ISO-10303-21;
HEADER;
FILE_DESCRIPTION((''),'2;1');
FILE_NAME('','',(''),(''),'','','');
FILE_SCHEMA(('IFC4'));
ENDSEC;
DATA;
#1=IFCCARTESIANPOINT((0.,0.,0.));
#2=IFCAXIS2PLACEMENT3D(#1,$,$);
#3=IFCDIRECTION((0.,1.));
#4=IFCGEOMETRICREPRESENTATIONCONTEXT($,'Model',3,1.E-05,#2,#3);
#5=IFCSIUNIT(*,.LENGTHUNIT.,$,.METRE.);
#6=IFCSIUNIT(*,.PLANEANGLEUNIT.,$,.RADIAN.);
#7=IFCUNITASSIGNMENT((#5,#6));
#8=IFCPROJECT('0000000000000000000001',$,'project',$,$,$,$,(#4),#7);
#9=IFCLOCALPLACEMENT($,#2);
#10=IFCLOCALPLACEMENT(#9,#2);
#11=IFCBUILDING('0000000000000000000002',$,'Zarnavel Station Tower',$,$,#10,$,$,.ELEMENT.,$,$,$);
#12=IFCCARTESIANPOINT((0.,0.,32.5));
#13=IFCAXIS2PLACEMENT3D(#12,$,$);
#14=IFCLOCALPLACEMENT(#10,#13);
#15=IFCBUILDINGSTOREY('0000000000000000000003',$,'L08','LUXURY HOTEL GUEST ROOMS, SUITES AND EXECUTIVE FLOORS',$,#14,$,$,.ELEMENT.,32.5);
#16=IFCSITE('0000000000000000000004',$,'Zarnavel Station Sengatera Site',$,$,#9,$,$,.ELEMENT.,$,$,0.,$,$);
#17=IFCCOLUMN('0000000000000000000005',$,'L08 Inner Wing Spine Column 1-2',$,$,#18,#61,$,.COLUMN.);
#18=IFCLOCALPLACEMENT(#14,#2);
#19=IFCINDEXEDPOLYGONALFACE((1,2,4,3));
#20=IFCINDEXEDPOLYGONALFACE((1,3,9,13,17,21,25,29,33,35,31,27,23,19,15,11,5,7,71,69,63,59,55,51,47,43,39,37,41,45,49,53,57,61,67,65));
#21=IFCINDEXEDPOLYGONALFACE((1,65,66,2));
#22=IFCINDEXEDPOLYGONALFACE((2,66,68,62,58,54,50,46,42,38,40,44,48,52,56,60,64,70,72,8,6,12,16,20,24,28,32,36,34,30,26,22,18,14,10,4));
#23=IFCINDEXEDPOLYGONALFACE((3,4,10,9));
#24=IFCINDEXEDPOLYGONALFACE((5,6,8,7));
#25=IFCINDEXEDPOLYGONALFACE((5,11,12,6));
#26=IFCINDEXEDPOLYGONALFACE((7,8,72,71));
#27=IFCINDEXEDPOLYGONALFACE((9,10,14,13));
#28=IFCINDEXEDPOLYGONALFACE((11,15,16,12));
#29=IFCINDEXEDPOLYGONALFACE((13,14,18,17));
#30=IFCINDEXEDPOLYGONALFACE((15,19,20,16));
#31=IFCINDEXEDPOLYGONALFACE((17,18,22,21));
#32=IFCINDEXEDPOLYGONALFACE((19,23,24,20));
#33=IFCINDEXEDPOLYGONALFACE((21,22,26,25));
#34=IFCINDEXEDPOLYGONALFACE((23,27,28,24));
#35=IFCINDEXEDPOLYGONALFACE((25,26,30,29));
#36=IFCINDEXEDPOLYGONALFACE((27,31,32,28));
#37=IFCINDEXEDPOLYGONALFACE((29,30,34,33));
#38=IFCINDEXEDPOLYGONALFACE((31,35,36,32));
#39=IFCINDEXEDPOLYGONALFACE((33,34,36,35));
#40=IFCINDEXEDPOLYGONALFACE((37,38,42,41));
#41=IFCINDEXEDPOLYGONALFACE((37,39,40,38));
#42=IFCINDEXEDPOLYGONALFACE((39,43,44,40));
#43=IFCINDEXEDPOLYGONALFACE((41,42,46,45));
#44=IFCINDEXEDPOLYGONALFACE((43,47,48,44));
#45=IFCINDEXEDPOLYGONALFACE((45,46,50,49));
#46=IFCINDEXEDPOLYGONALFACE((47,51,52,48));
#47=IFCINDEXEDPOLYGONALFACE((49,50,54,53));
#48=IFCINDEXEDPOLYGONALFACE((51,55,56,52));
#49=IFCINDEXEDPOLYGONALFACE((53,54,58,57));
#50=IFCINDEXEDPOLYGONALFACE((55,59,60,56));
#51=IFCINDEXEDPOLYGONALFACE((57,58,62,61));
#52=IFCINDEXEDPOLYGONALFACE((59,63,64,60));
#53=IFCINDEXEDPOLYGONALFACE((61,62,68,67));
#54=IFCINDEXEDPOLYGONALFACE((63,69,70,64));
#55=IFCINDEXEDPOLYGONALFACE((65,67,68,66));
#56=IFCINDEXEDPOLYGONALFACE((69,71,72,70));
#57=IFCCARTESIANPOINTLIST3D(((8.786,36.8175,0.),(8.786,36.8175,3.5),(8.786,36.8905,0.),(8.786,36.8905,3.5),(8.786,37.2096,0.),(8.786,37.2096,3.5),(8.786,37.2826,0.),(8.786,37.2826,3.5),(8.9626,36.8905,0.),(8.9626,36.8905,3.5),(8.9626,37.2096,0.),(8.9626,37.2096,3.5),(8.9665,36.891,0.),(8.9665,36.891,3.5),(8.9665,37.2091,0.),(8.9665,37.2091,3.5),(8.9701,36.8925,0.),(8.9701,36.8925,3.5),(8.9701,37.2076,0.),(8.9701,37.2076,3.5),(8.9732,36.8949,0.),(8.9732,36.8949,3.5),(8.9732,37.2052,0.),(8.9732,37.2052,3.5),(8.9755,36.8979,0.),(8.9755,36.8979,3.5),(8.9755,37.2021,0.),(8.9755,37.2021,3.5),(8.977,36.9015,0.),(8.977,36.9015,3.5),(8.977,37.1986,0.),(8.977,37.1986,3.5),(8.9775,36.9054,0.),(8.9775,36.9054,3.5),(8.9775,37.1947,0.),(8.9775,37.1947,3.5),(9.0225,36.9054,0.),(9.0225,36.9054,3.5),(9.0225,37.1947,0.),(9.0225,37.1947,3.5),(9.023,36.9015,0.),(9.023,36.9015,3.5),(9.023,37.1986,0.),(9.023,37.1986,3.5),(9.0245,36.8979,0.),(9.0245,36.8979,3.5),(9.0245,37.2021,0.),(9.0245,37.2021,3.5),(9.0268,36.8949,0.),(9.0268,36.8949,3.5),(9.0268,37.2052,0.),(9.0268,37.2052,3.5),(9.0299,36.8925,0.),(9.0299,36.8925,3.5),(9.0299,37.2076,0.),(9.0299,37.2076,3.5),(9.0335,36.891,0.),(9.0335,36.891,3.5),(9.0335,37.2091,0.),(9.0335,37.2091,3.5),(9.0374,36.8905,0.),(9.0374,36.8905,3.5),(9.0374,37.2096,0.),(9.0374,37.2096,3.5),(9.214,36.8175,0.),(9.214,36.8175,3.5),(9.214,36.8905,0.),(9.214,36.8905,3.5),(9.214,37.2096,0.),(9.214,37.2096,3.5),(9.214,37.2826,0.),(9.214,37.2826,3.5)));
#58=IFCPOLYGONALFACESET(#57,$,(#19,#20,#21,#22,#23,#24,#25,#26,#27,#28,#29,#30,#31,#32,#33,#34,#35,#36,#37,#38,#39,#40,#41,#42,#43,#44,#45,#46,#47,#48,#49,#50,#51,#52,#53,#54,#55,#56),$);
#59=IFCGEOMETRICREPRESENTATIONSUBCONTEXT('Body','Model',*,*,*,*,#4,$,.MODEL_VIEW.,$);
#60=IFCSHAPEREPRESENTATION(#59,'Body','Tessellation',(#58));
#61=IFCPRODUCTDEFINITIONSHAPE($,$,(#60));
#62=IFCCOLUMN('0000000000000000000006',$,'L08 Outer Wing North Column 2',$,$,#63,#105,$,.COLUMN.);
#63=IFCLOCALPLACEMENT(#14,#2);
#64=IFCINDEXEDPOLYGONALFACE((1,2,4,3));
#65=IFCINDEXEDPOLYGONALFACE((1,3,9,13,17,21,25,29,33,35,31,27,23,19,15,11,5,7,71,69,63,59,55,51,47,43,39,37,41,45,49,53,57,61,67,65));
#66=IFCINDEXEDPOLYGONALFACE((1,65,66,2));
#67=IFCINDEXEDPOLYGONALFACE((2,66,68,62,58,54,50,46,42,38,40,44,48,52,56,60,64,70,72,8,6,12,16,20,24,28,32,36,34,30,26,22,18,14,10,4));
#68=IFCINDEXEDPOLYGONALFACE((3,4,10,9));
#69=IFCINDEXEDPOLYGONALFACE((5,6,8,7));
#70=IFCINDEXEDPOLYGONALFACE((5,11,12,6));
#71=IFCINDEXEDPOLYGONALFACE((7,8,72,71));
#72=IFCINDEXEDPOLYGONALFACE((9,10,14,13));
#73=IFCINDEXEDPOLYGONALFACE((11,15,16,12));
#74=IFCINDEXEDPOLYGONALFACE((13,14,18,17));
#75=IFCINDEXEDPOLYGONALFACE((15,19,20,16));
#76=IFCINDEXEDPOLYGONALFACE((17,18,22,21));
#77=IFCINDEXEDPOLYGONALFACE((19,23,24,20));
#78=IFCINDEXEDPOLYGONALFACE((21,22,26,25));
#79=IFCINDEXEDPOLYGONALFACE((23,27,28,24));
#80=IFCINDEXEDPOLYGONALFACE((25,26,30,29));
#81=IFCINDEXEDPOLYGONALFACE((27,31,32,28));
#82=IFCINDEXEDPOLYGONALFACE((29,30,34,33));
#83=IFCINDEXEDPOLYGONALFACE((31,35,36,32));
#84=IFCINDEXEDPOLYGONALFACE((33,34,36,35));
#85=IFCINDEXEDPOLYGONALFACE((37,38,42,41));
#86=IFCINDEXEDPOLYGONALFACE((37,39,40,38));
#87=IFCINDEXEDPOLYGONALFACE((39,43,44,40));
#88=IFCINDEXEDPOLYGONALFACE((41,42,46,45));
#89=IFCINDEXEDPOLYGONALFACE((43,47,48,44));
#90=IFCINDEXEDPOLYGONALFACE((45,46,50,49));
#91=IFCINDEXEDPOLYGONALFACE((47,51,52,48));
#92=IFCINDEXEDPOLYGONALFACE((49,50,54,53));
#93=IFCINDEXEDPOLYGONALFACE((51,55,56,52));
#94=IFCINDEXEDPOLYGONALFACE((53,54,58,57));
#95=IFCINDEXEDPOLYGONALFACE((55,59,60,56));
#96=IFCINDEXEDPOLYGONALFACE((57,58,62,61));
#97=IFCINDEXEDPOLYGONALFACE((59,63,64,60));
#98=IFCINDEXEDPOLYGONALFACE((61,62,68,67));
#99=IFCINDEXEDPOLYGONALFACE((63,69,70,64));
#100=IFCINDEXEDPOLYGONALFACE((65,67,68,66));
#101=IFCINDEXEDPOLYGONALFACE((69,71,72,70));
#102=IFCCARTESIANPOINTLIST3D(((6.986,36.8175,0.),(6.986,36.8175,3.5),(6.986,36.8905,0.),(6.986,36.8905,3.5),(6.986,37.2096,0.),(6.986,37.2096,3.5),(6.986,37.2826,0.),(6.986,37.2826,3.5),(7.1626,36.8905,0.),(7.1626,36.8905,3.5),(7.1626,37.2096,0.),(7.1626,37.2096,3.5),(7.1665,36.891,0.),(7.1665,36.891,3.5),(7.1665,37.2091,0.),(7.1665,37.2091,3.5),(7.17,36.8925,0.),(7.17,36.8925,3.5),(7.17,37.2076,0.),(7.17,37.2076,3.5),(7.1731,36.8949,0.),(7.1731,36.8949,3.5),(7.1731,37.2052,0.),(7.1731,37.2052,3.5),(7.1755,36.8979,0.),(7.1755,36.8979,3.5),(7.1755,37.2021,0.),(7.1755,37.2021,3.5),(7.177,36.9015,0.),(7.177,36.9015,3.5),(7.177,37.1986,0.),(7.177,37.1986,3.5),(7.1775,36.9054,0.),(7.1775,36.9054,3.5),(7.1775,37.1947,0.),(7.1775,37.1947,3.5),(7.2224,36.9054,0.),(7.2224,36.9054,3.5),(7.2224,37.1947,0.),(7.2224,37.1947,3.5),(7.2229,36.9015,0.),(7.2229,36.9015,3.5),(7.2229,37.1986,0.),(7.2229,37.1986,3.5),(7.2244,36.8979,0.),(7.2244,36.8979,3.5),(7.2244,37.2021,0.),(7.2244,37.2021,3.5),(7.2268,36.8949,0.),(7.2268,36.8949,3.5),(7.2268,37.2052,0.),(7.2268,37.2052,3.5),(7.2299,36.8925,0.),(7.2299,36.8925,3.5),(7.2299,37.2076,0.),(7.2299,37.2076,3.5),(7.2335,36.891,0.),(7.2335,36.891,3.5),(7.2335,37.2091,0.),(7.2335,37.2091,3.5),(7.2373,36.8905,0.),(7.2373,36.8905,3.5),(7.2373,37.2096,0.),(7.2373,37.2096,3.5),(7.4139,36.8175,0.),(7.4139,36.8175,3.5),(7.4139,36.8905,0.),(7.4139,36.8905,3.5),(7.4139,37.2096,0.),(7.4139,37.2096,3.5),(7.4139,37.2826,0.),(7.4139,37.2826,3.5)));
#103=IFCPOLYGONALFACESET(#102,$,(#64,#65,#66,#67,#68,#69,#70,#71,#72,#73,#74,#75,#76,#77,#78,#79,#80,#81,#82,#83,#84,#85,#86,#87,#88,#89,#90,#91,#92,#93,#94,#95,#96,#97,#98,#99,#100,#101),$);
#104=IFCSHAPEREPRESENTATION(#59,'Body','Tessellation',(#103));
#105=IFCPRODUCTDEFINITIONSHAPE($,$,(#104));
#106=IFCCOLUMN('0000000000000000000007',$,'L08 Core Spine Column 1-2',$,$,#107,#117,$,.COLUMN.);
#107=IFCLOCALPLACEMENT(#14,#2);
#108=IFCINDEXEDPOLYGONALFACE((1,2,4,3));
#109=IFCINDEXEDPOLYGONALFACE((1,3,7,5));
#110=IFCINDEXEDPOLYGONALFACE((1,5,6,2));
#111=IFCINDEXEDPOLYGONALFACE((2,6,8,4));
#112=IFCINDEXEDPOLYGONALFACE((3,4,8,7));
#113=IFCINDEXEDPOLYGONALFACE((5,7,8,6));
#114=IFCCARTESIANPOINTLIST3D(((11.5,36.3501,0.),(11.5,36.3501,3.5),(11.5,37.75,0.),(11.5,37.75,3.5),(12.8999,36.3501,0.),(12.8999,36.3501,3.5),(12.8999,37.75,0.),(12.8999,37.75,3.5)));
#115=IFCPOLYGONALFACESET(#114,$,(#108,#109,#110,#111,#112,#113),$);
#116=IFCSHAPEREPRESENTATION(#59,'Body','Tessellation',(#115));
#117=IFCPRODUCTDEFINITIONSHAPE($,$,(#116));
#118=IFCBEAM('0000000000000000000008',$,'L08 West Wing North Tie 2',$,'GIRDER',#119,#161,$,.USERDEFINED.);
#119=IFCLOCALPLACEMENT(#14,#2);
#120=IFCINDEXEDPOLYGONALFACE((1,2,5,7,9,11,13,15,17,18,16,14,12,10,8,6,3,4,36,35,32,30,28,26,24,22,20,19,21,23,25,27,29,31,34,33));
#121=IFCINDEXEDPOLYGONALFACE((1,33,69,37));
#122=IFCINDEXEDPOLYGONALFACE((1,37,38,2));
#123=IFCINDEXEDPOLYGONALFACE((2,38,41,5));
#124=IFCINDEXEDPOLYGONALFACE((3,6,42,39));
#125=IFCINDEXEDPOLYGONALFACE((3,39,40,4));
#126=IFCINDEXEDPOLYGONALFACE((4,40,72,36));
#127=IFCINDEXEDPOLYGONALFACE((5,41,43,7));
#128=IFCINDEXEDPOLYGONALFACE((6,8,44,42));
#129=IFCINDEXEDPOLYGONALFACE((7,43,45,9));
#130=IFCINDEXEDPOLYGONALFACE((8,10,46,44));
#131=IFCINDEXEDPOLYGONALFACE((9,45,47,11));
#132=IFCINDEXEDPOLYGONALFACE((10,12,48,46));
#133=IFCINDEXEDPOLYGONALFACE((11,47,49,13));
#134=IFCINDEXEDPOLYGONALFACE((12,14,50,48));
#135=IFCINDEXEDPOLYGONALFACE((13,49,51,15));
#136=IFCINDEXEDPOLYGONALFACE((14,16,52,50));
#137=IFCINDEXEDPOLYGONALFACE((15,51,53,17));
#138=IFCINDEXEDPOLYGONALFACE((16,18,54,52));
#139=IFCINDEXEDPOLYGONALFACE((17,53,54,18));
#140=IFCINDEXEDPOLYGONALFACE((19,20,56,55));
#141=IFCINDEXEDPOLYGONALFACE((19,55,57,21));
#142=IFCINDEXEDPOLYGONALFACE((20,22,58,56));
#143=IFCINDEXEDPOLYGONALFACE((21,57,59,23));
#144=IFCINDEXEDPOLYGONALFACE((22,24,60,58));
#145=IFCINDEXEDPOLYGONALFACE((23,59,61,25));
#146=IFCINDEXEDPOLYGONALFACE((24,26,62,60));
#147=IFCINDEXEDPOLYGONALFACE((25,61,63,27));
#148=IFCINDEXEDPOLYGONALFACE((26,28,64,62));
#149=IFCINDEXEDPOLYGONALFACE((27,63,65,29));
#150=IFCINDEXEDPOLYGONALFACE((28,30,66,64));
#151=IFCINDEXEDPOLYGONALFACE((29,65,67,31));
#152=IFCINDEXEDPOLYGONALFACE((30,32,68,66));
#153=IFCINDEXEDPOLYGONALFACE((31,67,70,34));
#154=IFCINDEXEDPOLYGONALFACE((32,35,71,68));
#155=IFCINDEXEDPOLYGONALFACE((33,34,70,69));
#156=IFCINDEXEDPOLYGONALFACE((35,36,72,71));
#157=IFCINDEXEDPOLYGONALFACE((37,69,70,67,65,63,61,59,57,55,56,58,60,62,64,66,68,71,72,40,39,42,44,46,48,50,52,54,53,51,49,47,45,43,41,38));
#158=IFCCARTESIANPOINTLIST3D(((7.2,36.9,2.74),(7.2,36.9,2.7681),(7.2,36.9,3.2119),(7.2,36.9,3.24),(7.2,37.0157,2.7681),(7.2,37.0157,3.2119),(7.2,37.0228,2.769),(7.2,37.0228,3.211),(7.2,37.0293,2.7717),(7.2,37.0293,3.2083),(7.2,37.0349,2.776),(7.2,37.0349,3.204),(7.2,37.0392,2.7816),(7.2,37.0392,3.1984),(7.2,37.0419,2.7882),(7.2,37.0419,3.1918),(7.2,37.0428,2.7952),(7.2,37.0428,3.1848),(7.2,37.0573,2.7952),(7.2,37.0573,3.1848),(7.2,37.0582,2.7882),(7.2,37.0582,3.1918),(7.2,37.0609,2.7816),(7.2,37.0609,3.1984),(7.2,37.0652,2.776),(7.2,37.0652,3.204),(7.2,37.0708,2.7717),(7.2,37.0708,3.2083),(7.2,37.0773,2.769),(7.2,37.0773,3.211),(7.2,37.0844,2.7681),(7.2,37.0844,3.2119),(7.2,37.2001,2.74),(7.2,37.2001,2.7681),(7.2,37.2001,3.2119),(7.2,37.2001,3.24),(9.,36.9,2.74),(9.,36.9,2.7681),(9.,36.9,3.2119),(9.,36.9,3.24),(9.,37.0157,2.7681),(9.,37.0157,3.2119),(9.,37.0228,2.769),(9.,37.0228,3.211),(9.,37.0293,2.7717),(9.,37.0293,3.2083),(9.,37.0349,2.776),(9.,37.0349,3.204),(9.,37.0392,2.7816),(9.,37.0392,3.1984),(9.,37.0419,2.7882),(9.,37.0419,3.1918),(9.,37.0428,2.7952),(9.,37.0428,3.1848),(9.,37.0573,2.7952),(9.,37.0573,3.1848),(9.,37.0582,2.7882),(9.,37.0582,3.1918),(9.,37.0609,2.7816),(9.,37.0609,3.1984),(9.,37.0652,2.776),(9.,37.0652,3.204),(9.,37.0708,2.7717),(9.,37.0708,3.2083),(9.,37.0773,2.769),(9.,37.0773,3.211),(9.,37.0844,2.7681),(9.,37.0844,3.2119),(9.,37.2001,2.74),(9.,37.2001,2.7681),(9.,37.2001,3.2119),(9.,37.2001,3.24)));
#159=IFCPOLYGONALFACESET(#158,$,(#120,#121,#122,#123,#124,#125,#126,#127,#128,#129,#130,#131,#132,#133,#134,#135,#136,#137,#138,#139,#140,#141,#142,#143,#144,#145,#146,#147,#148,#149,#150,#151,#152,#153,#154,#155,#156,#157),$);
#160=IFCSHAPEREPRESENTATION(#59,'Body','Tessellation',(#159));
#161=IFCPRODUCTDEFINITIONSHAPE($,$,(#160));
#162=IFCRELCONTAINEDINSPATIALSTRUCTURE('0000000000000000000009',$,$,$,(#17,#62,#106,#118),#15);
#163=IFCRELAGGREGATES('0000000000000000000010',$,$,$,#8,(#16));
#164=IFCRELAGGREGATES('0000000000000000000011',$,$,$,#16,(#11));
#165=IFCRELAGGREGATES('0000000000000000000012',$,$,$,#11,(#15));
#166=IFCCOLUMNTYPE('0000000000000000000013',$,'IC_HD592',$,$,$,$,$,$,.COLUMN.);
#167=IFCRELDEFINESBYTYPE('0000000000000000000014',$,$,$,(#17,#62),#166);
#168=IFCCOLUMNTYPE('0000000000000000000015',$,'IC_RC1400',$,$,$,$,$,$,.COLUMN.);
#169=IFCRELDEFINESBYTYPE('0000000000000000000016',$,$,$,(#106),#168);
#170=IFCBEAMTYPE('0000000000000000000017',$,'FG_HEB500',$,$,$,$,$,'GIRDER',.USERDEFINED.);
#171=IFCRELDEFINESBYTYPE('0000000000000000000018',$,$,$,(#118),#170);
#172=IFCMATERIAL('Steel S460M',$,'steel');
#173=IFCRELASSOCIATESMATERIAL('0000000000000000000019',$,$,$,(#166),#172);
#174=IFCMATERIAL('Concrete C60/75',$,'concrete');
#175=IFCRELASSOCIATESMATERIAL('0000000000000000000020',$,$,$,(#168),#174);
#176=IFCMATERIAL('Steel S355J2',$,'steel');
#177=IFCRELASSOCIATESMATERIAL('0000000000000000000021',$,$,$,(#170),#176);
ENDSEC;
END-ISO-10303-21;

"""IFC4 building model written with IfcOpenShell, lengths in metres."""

from ifc_helpers import new_model, si_unit, direction, frame, origin, origin_2d, place, context, subcontext, project, spatial, rectangle, i_section, extrude, material, material_profile, profile_set, type_object, element, save


model = new_model("IFC4")

# Units and contexts
model_context = context("Model", 3, precision=1e-05, world=origin(), true_north=direction((0.0, 1.0)))
body_context = subcontext(model_context, "Body", "Model", "MODEL_VIEW")
ifc_project = project(units=[si_unit("LENGTHUNIT", "METRE"), si_unit("PLANEANGLEUNIT", "RADIAN")], contexts=[model_context])

# Site, building, storey
site_placement = place(None, origin())
site = spatial("IfcSite", under=ifc_project, at=site_placement, Name="Zarnavel Station Sengatera Site", CompositionType="ELEMENT", RefElevation=0.0)
building_placement = place(site_placement, origin())
building = spatial("IfcBuilding", under=site, at=building_placement, Name="Zarnavel Station Tower", CompositionType="ELEMENT")
storey_placement = place(building_placement, frame((0.0, 0.0, 32.5)))
storey = spatial("IfcBuildingStorey", under=building, at=storey_placement, Name="L08", Description="LUXURY HOTEL GUEST ROOMS, SUITES AND EXECUTIVE FLOORS", CompositionType="ELEMENT", Elevation=32.5)

# Columns
ifc_material_1 = material(Name="Steel S460M", Category="steel")
ifc_material_profile_1 = material_profile(ifc_material_1, i_section(OverallWidth=0.428, OverallDepth=0.4651, WebThickness=0.0449, FlangeThickness=0.073, FilletRadius=0.0149, at=origin_2d()), Name="HD400x592")
ifc_profile_set_1 = profile_set([ifc_material_profile_1], Name="Steel S460M")
column_type_1 = type_object("IfcColumnType", Name="IC_HD592", PredefinedType="COLUMN", material=ifc_profile_set_1)
for number, where, z_axis, x_axis, name in (
    (1, (9.0, 37.05, 0.0), (0.0, 0.0, 1.0), (1.0, 0.0, 0.0), "L08 Inner Wing Spine Column 1-2"),
    (2, (7.2, 37.05, 0.0), (0.0, 0.0, 1.0), (1.0, 0.0, 0.0), "L08 Outer Wing North Column 2"),
):
    element("IfcColumn", number, at=place(storey_placement, frame(where, z_axis=z_axis, x_axis=x_axis)), inside=storey, type_object=column_type_1, Name=name, PredefinedType="COLUMN", context=body_context, shape_type="SweptSolid", body=[
        extrude(i_section(OverallWidth=0.428, OverallDepth=0.4651, WebThickness=0.0449, FlangeThickness=0.073, FilletRadius=0.0149, at=origin_2d()), origin(), (0.0, 0.0, 1.0), 3.5),
    ])
ifc_material_2 = material(Name="Concrete C60/75", Category="concrete")
ifc_material_profile_2 = material_profile(ifc_material_2, rectangle(XDim=1.3999, YDim=1.3999, at=origin_2d()), Name="RC1400x1400")
ifc_profile_set_2 = profile_set([ifc_material_profile_2], Name="Concrete C60/75")
column_type_2 = type_object("IfcColumnType", Name="IC_RC1400", PredefinedType="COLUMN", material=ifc_profile_set_2)
column_placement = place(storey_placement, frame((12.2, 37.05, 0.0), z_axis=(0.0, 0.0, 1.0), x_axis=(1.0, 0.0, 0.0)))
element("IfcColumn", 3, at=column_placement, inside=storey, type_object=column_type_2, Name="L08 Core Spine Column 1-2", PredefinedType="COLUMN", context=body_context, shape_type="SweptSolid", body=[
    extrude(rectangle(XDim=1.3999, YDim=1.3999, at=origin_2d()), origin(), (0.0, 0.0, 1.0), 3.5),
])

# Beam
ifc_material_3 = material(Name="Steel S355J2", Category="steel")
ifc_material_profile_3 = material_profile(ifc_material_3, i_section(OverallWidth=0.3, OverallDepth=0.5, WebThickness=0.0144, FlangeThickness=0.0281, FilletRadius=0.0271, at=origin_2d()), Name="HEB500")
ifc_profile_set_3 = profile_set([ifc_material_profile_3], Name="Steel S355J2")
beam_type = type_object("IfcBeamType", Name="FG_HEB500", ElementType="GIRDER", PredefinedType="USERDEFINED", material=ifc_profile_set_3)
beam_1_placement = place(storey_placement, frame((7.2, 37.05, 2.99), z_axis=(1.0, 0.0, 0.0), x_axis=(0.0, 1.0, 0.0)))
element("IfcBeam", 4, at=beam_1_placement, inside=storey, type_object=beam_type, Name="L08 West Wing North Tie 2", ObjectType="GIRDER", PredefinedType="USERDEFINED", context=body_context, shape_type="SweptSolid", body=[
    extrude(i_section(OverallWidth=0.3, OverallDepth=0.5, WebThickness=0.0144, FlangeThickness=0.0281, FilletRadius=0.0271, at=origin_2d()), origin(), (0.0, 0.0, 1.0), 1.8),
])

save(model, "model.ifc")
